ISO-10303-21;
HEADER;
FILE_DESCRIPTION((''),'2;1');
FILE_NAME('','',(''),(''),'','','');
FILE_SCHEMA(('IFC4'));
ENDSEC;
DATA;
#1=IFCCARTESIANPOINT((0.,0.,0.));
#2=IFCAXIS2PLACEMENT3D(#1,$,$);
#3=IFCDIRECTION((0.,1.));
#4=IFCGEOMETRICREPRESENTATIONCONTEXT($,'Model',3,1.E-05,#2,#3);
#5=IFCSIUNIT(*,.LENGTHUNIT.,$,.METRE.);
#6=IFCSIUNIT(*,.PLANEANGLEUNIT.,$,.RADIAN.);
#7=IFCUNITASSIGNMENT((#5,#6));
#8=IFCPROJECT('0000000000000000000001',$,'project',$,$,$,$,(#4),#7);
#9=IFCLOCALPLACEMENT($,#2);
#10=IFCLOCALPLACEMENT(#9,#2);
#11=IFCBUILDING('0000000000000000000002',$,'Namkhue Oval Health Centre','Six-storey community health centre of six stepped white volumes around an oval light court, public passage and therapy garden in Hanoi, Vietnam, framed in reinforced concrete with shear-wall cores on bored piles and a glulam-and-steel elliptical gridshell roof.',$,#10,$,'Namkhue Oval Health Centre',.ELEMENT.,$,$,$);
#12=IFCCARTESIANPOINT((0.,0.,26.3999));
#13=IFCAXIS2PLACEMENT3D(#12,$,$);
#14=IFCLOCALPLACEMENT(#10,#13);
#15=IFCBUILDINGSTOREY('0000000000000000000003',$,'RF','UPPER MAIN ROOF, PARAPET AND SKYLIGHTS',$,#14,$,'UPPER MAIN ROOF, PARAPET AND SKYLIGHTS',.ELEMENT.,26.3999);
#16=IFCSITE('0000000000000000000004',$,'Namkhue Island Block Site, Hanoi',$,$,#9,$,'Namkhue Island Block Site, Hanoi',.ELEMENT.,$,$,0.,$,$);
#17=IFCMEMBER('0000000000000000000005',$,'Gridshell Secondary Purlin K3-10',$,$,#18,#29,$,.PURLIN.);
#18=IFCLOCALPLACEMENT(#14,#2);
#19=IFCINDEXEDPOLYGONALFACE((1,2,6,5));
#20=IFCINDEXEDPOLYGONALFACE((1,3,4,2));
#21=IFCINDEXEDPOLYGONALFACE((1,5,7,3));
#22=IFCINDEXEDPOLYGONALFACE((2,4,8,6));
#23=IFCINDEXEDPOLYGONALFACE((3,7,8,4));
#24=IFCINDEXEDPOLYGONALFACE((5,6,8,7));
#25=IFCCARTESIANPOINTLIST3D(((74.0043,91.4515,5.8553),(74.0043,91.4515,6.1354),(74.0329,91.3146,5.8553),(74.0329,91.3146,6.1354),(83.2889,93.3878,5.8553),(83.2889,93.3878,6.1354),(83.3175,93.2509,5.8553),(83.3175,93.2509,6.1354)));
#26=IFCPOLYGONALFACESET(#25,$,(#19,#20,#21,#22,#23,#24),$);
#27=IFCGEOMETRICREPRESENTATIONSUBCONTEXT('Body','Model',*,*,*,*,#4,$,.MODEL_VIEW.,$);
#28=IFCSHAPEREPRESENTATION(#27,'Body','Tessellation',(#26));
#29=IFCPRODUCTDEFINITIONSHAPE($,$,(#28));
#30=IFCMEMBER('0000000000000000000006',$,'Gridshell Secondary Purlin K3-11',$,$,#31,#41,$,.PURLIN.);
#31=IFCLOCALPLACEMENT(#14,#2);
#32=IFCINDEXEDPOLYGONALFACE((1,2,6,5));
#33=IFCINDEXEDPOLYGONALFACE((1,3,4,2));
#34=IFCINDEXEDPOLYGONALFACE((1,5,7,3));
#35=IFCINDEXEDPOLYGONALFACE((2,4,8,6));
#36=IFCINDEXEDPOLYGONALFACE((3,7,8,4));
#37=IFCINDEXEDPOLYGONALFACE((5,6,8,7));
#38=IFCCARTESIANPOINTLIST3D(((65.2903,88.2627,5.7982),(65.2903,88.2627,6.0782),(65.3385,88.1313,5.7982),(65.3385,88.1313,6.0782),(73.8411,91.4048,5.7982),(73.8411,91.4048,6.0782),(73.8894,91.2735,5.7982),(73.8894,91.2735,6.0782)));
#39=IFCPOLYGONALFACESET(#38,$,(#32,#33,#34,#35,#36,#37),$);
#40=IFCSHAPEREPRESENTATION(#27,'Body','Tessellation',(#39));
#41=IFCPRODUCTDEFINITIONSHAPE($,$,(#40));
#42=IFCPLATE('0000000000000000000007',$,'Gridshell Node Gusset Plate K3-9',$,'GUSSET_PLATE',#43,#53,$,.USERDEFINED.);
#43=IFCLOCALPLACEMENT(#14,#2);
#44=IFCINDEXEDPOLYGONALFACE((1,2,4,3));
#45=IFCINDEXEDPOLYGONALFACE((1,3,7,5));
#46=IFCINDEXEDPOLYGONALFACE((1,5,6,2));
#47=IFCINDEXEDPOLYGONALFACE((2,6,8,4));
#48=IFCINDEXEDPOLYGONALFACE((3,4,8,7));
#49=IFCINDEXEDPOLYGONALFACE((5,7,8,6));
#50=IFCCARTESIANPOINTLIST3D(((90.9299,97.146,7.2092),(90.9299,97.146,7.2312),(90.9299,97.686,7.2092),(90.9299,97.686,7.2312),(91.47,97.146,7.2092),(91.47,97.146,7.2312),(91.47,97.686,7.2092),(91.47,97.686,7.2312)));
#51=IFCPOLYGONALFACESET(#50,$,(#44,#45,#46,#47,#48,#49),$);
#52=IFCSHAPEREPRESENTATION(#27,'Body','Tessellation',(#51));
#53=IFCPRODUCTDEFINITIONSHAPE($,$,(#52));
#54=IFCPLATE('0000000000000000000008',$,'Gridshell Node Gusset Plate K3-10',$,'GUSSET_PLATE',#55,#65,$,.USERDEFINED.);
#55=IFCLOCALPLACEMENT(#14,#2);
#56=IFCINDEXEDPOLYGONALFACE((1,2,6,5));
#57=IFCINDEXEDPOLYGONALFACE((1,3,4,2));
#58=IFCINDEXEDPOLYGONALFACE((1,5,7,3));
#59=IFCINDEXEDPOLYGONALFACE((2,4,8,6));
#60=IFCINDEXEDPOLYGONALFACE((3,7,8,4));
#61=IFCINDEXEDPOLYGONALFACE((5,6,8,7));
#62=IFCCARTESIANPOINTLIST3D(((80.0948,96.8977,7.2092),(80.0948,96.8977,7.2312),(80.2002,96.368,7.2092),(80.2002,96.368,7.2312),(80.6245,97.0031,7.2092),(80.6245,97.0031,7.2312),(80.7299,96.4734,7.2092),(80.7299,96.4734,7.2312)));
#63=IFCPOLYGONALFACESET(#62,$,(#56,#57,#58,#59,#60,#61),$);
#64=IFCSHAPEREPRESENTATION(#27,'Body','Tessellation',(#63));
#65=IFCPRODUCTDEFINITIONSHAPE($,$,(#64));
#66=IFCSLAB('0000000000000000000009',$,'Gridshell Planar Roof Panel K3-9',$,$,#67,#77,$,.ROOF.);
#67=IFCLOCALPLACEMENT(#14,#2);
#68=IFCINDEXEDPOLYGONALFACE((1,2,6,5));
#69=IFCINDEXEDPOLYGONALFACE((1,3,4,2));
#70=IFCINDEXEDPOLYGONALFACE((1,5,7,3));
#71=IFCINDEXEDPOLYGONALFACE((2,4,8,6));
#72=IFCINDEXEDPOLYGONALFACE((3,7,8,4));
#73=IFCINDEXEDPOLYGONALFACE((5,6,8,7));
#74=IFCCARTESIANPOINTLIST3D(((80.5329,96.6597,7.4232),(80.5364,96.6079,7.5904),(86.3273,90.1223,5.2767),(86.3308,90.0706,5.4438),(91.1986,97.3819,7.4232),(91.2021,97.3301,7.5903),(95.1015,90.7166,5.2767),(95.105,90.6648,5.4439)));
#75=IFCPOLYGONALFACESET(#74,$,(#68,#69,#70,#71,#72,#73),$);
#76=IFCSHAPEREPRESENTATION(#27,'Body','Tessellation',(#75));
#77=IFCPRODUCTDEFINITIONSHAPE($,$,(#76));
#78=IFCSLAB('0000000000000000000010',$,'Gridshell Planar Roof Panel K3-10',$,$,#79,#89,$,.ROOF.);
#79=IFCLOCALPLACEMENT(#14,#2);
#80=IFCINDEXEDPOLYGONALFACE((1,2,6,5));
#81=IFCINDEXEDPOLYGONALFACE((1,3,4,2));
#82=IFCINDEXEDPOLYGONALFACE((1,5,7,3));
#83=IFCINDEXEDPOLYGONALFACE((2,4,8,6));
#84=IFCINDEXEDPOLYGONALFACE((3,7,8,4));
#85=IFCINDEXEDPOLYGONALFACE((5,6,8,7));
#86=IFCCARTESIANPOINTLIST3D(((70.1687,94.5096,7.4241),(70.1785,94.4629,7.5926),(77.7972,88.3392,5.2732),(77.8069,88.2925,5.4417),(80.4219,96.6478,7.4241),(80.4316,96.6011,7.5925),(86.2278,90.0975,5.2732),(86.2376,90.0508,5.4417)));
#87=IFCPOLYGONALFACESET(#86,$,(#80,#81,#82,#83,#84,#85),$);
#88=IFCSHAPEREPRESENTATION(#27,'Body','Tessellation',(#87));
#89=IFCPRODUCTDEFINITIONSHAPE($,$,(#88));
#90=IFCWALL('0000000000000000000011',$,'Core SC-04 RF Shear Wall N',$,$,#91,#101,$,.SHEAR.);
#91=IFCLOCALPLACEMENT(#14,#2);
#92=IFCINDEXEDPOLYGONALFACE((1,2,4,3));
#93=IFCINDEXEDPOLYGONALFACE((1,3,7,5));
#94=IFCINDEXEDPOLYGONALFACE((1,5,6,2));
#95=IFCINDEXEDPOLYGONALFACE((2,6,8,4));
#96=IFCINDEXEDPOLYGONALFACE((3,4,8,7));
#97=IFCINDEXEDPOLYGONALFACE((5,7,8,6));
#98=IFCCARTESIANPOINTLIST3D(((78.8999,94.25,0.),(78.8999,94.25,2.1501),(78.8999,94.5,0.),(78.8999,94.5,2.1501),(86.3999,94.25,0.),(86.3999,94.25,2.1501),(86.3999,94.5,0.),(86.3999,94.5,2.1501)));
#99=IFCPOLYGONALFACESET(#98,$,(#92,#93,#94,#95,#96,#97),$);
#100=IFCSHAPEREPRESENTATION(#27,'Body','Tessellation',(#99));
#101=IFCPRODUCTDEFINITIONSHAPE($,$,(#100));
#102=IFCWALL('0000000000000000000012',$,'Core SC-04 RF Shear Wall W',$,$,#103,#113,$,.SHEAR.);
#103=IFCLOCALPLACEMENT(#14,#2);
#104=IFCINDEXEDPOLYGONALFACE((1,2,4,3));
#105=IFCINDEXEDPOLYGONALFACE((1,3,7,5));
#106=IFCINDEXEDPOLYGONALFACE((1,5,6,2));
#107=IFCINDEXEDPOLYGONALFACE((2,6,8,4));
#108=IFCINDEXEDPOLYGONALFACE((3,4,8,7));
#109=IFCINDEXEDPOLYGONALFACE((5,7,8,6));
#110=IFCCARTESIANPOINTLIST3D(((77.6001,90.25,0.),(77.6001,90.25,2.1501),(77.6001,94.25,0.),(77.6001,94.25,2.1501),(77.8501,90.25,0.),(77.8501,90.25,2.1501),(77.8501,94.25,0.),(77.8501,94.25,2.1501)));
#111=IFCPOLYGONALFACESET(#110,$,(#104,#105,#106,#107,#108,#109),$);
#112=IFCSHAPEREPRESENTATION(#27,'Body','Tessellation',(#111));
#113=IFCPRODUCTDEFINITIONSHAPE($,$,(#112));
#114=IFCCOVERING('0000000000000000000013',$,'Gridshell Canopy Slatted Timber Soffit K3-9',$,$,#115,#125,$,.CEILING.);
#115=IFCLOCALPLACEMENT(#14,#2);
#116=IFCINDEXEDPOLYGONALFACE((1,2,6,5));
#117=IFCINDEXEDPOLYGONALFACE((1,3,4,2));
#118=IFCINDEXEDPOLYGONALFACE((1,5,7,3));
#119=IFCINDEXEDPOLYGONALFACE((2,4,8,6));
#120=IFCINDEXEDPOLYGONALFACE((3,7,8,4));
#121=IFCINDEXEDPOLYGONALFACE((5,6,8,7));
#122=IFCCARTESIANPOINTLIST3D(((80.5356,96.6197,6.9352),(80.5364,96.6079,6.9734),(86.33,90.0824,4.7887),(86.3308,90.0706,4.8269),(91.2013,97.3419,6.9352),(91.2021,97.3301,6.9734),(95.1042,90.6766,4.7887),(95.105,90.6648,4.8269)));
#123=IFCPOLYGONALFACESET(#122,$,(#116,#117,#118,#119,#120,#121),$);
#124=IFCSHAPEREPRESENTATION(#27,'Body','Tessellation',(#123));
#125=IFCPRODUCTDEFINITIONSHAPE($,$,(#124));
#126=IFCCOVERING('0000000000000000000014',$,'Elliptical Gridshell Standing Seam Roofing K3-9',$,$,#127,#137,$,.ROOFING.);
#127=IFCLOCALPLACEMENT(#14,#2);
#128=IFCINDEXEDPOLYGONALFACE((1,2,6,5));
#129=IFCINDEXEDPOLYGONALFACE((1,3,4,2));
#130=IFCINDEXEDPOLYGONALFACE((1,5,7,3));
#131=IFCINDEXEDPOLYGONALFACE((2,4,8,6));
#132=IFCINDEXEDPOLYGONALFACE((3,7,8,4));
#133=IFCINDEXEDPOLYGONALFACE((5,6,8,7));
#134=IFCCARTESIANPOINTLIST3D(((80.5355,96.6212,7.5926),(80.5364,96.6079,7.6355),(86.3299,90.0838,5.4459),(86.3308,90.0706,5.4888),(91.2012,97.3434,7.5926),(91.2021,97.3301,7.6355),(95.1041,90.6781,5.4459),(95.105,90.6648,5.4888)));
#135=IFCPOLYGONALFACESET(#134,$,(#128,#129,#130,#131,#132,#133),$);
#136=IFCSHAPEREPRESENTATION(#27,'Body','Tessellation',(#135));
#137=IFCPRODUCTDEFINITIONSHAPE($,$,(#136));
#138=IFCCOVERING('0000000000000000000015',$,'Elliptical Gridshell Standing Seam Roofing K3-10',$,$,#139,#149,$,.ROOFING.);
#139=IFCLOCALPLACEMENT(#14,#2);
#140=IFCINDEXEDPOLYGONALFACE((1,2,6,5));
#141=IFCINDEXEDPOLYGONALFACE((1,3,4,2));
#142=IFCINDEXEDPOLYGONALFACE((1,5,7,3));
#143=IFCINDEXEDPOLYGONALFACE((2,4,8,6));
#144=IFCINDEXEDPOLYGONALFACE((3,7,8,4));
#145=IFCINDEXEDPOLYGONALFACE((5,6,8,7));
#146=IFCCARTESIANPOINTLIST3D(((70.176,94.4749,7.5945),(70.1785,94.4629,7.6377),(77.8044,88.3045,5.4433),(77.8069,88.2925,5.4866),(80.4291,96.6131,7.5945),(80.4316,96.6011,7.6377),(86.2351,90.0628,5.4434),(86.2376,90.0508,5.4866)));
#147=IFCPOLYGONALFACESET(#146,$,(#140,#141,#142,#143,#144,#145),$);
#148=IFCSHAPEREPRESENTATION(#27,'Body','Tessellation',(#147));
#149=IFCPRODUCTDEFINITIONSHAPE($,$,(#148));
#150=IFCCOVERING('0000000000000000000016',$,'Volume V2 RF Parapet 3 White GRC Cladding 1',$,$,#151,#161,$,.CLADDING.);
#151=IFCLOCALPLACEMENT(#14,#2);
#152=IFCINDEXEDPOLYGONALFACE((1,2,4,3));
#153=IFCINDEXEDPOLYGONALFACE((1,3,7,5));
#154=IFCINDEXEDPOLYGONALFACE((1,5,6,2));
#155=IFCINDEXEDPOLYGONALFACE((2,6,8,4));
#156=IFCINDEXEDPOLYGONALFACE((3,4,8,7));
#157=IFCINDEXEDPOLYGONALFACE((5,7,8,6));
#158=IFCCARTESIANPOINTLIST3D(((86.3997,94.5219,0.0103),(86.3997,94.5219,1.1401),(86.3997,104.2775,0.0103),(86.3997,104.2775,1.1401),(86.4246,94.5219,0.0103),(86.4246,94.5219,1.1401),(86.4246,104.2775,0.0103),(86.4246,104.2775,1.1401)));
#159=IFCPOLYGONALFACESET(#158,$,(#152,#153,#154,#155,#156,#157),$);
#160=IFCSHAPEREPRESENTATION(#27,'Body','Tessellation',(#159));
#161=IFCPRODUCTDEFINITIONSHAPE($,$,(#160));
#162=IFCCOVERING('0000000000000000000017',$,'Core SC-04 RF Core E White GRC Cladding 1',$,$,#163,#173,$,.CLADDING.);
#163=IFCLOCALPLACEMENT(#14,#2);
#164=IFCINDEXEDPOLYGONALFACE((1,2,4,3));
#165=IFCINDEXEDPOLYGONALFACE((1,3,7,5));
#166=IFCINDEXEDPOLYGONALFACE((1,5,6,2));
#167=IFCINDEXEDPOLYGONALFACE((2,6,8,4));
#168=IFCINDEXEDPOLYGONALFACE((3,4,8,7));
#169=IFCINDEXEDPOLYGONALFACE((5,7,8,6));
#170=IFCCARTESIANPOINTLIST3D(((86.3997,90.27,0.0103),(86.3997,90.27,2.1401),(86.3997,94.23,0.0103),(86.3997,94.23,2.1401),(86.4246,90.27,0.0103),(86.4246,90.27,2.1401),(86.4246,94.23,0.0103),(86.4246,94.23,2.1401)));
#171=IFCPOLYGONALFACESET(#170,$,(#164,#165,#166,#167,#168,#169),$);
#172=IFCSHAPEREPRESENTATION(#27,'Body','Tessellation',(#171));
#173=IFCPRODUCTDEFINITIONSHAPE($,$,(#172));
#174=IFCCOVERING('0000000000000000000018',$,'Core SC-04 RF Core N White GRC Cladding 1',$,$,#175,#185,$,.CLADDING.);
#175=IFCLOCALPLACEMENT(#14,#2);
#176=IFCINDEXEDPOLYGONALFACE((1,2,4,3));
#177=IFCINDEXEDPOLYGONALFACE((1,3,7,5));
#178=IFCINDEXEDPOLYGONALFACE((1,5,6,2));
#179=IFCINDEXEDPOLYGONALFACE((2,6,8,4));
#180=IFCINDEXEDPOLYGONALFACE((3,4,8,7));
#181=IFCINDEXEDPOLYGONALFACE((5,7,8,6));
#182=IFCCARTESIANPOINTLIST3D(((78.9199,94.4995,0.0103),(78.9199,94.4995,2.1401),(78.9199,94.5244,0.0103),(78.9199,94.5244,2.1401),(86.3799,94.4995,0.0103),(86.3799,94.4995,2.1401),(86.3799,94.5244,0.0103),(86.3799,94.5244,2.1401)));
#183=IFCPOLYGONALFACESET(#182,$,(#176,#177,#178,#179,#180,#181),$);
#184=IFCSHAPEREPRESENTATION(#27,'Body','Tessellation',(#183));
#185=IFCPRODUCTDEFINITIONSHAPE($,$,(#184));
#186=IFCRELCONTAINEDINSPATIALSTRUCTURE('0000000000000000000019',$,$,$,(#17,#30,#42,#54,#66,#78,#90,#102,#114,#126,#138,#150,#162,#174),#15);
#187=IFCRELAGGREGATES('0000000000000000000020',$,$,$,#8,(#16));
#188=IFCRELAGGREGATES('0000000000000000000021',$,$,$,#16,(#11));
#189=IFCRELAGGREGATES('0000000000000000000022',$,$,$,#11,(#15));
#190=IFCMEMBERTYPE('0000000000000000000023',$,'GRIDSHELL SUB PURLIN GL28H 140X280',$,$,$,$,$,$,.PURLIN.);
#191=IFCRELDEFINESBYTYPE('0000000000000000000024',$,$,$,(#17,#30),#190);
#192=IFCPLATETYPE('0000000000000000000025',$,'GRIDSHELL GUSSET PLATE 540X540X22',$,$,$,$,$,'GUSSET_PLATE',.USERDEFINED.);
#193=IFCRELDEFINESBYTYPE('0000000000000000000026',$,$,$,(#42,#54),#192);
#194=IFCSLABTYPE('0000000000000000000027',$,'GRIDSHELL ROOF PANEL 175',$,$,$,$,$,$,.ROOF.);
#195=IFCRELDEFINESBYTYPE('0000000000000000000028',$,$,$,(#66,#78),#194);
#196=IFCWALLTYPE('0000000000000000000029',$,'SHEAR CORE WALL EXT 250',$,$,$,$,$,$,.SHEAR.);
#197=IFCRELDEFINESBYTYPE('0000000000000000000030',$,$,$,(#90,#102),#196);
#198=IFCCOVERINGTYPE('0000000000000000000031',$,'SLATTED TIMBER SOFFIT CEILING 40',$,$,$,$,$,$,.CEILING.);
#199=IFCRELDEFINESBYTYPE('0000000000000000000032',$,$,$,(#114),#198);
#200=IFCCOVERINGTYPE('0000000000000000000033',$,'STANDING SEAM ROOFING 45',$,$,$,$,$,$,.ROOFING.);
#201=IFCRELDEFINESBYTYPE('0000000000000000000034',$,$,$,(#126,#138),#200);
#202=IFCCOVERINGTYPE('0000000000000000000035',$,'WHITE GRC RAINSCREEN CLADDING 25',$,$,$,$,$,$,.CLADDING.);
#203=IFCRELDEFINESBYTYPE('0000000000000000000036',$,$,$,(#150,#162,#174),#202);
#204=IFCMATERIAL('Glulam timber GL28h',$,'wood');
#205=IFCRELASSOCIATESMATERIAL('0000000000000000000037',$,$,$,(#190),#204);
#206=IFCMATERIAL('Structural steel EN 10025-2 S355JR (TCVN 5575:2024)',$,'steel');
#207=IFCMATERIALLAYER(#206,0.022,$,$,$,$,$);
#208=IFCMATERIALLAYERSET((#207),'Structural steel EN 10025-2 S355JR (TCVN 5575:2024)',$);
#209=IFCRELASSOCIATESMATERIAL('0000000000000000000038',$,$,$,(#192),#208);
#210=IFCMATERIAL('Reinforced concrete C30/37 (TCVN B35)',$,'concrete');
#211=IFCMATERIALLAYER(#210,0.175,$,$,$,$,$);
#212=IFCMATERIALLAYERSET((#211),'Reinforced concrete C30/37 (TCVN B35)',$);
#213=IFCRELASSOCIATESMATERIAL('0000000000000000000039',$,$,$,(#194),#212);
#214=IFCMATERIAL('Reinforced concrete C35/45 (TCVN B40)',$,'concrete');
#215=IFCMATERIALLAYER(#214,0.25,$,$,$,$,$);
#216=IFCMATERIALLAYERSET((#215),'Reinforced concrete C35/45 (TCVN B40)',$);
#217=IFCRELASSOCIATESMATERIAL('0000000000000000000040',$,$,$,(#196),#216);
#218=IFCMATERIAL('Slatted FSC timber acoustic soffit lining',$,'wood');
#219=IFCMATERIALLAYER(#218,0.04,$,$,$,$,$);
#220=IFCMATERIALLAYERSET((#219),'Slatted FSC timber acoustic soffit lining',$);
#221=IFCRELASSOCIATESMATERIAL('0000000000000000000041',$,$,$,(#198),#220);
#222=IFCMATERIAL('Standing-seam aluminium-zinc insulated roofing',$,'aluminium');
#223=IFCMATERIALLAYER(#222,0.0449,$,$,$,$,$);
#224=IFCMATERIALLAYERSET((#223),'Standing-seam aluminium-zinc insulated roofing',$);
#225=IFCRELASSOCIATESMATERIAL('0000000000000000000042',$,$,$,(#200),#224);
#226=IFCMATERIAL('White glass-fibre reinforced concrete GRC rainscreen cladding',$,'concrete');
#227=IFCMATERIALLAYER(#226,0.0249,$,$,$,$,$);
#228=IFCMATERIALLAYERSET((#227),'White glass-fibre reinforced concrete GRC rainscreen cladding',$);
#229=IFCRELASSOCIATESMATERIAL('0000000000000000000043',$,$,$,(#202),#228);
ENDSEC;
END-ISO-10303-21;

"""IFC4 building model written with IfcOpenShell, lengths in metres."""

from ifc_helpers import new_model, si_unit, direction, frame, frame_2d, origin, origin_2d, place, context, subcontext, project, spatial, polyline, rectangle, outline, extrude, material, layer, layer_set, material_profile, profile_set, type_object, element, save


model = new_model("IFC4")

# Units and contexts
model_context = context("Model", 3, precision=1e-05, world=origin(), true_north=direction((0.0, 1.0)))
body_context = subcontext(model_context, "Body", "Model", "MODEL_VIEW")
ifc_project = project(units=[si_unit("LENGTHUNIT", "METRE"), si_unit("PLANEANGLEUNIT", "RADIAN")], contexts=[model_context])

# Site, building, storey
site_placement = place(None, origin())
site = spatial("IfcSite", under=ifc_project, at=site_placement, Name="Namkhue Island Block Site, Hanoi", LongName="Namkhue Island Block Site, Hanoi", CompositionType="ELEMENT", RefElevation=0.0)
building_placement = place(site_placement, origin())
building = spatial("IfcBuilding", under=site, at=building_placement, Name="Namkhue Oval Health Centre", Description="Six-storey community health centre of six stepped white volumes around an oval light court, public passage and therapy garden in Hanoi, Vietnam, framed in reinforced concrete with shear-wall cores on bored piles and a glulam-and-steel elliptical gridshell roof.", LongName="Namkhue Oval Health Centre", CompositionType="ELEMENT")
storey_placement = place(building_placement, frame((0.0, 0.0, 26.3999)))
storey = spatial("IfcBuildingStorey", under=building, at=storey_placement, Name="RF", Description="UPPER MAIN ROOF, PARAPET AND SKYLIGHTS", LongName="UPPER MAIN ROOF, PARAPET AND SKYLIGHTS", CompositionType="ELEMENT", Elevation=26.3999)

# Members
ifc_material_1 = material(Name="Structural steel EN 10025-2 S355JR (TCVN 5575:2024)", Category="steel")
ifc_material_2 = material(Name="Glulam timber GL28h", Category="wood")
ifc_material_profile_1 = material_profile(ifc_material_2, rectangle(XDim=0.1399, YDim=0.28, at=origin_2d()), Name="GL28h 140x280")
ifc_profile_set_1 = profile_set([ifc_material_profile_1], Name="Glulam timber GL28h")
member_type_1 = type_object("IfcMemberType", Name="GRIDSHELL SUB PURLIN GL28H 140X280", PredefinedType="PURLIN", material=ifc_profile_set_1)
member_1_placement = place(storey_placement, frame((83.3032, 93.3193, 5.9954), z_axis=(-0.978939, -0.204154, 0.0), x_axis=(0.204154, -0.978939, 0.0)))
element("IfcMember", 1, at=member_1_placement, inside=storey, type_object=member_type_1, Name="Gridshell Secondary Purlin K3-10", PredefinedType="PURLIN", context=body_context, shape_type="SweptSolid", body=[
    extrude(rectangle(XDim=0.1399, YDim=0.28, at=origin_2d()), origin(), (0.0, 0.0, 1.0), 9.4844),
])
member_2_placement = place(storey_placement, frame((73.8652, 91.3391, 5.9382), z_axis=(-0.938635, -0.344913, 0.0), x_axis=(0.344913, -0.938635, 0.0)))
element("IfcMember", 2, at=member_2_placement, inside=storey, type_object=member_type_1, Name="Gridshell Secondary Purlin K3-11", PredefinedType="PURLIN", context=body_context, shape_type="SweptSolid", body=[
    extrude(rectangle(XDim=0.1399, YDim=0.28, at=origin_2d()), origin(), (0.0, 0.0, 1.0), 9.1099),
])

# Plates
ifc_layer_1 = layer(ifc_material_1, 0.022)
ifc_layer_set_1 = layer_set([ifc_layer_1], Name="Structural steel EN 10025-2 S355JR (TCVN 5575:2024)")
plate_type = type_object("IfcPlateType", Name="GRIDSHELL GUSSET PLATE 540X540X22", ElementType="GUSSET_PLATE", PredefinedType="USERDEFINED", material=ifc_layer_set_1)
for number, where, z_axis, x_axis, name in (
    (3, (91.2, 97.416, 7.2092), (0.0, 0.0, 1.0), (0.0, 1.0, 0.0), "Gridshell Node Gusset Plate K3-9"),
    (4, (80.4124, 96.6855, 7.2092), (0.0, 0.0, 1.0), (-0.19509, 0.980785, 0.0), "Gridshell Node Gusset Plate K3-10"),
):
    element("IfcPlate", number, at=place(storey_placement, frame(where, z_axis=z_axis, x_axis=x_axis)), inside=storey, type_object=plate_type, Name=name, ObjectType="GUSSET_PLATE", PredefinedType="USERDEFINED", context=body_context, shape_type="SweptSolid", body=[
        extrude(rectangle(XDim=0.54, YDim=0.54, at=origin_2d()), origin(), (0.0, 0.0, 1.0), 0.022),
    ])

# Slabs
ifc_material_3 = material(Name="Reinforced concrete C30/37 (TCVN B35)", Category="concrete")
ifc_layer_2 = layer(ifc_material_3, 0.175)
ifc_layer_set_2 = layer_set([ifc_layer_2], Name="Reinforced concrete C30/37 (TCVN B35)")
slab_type = type_object("IfcSlabType", Name="GRIDSHELL ROOF PANEL 175", PredefinedType="ROOF", material=ifc_layer_set_2)
slab_1_placement = place(storey_placement, frame((91.2021, 97.3301, 7.5903), z_axis=(0.020032, -0.295825, 0.955032), x_axis=(-0.997716, -0.067555, 0.000002)))
element("IfcSlab", 5, at=slab_1_placement, inside=storey, type_object=slab_type, Name="Gridshell Planar Roof Panel K3-9", PredefinedType="ROOF", context=body_context, shape_type="SweptSolid", body=[
    extrude(outline(polyline([(0.0, 0.0), (10.6902, 0.0), (5.3506, 7.2394), (-3.4436, 7.2393), (0.0, 0.0)])), origin(), (0.0, 0.0, -1.0), 0.175),
])
slab_2_placement = place(storey_placement, frame((80.4316, 96.6011, 7.5925), z_axis=(0.05561, -0.266653, 0.962187), x_axis=(-0.97894, -0.204148, 0.000002)))
element("IfcSlab", 6, at=slab_2_placement, inside=storey, type_object=slab_type, Name="Gridshell Planar Roof Panel K3-10", PredefinedType="ROOF", context=body_context, shape_type="SweptSolid", body=[
    extrude(outline(polyline([(0.0, 0.0), (10.4737, 0.0), (4.2657, 7.8964), (-4.3464, 7.8962), (0.0, 0.0)])), origin(), (0.0, 0.0, -1.0), 0.175),
])

# Walls
ifc_material_4 = material(Name="Reinforced concrete C35/45 (TCVN B40)", Category="concrete")
ifc_layer_3 = layer(ifc_material_4, 0.25)
ifc_layer_set_3 = layer_set([ifc_layer_3], Name="Reinforced concrete C35/45 (TCVN B40)")
wall_type = type_object("IfcWallType", Name="SHEAR CORE WALL EXT 250", PredefinedType="SHEAR", material=ifc_layer_set_3)
wall_1_placement = place(storey_placement, frame((86.3999, 94.375, 0.0), z_axis=(0.0, 0.0, 1.0), x_axis=(-1.0, 0.0, 0.0)))
element("IfcWall", 7, at=wall_1_placement, inside=storey, type_object=wall_type, Name="Core SC-04 RF Shear Wall N", PredefinedType="SHEAR", context=body_context, shape_type="SweptSolid", body=[
    extrude(rectangle(XDim=7.5, YDim=0.25, at=frame_2d((3.75, 0.0))), origin(), (0.0, 0.0, 1.0), 2.1501),
])
wall_2_placement = place(storey_placement, frame((77.7251, 94.25, 0.0), z_axis=(0.0, 0.0, 1.0), x_axis=(0.0, -1.0, 0.0)))
element("IfcWall", 8, at=wall_2_placement, inside=storey, type_object=wall_type, Name="Core SC-04 RF Shear Wall W", PredefinedType="SHEAR", context=body_context, shape_type="SweptSolid", body=[
    extrude(rectangle(XDim=4.0, YDim=0.25, at=frame_2d((2.0, 0.0))), origin(), (0.0, 0.0, 1.0), 2.1501),
])

# Coverings
ifc_material_5 = material(Name="Slatted FSC timber acoustic soffit lining", Category="wood")
ifc_layer_4 = layer(ifc_material_5, 0.04)
ifc_layer_set_4 = layer_set([ifc_layer_4], Name="Slatted FSC timber acoustic soffit lining")
covering_type_1 = type_object("IfcCoveringType", Name="SLATTED TIMBER SOFFIT CEILING 40", PredefinedType="CEILING", material=ifc_layer_set_4)
covering_1_placement = place(storey_placement, frame((91.2021, 97.3301, 6.9734), z_axis=(0.020032, -0.295825, 0.955032), x_axis=(-0.997716, -0.067555, 0.000002)))
element("IfcCovering", 9, at=covering_1_placement, inside=storey, type_object=covering_type_1, Name="Gridshell Canopy Slatted Timber Soffit K3-9", PredefinedType="CEILING", context=body_context, shape_type="SweptSolid", body=[
    extrude(outline(polyline([(0.0, 0.0), (10.6902, 0.0), (5.3506, 7.2394), (-3.4436, 7.2393), (0.0, 0.0)])), origin(), (0.0, 0.0, -1.0), 0.04),
])
ifc_material_6 = material(Name="Standing-seam aluminium-zinc insulated roofing", Category="aluminium")
ifc_layer_5 = layer(ifc_material_6, 0.0449)
ifc_layer_set_5 = layer_set([ifc_layer_5], Name="Standing-seam aluminium-zinc insulated roofing")
covering_type_2 = type_object("IfcCoveringType", Name="STANDING SEAM ROOFING 45", PredefinedType="ROOFING", material=ifc_layer_set_5)
covering_2_placement = place(storey_placement, frame((91.2021, 97.3301, 7.6355), z_axis=(0.020034, -0.295855, 0.955023), x_axis=(-0.997716, -0.067555, 0.000002)))
element("IfcCovering", 10, at=covering_2_placement, inside=storey, type_object=covering_type_2, Name="Elliptical Gridshell Standing Seam Roofing K3-9", PredefinedType="ROOFING", context=body_context, shape_type="SweptSolid", body=[
    extrude(outline(polyline([(0.0, 0.0), (10.6902, 0.0), (5.3506, 7.2395), (-3.4436, 7.2393), (0.0, 0.0)])), origin(), (0.0, 0.0, -1.0), 0.0449),
])
covering_3_placement = place(storey_placement, frame((80.4316, 96.6011, 7.6377), z_axis=(0.055616, -0.266681, 0.962179), x_axis=(-0.97894, -0.204148, 0.000002)))
element("IfcCovering", 11, at=covering_3_placement, inside=storey, type_object=covering_type_2, Name="Elliptical Gridshell Standing Seam Roofing K3-10", PredefinedType="ROOFING", context=body_context, shape_type="SweptSolid", body=[
    extrude(outline(polyline([(0.0, 0.0), (10.4737, 0.0), (4.2657, 7.8964), (-4.3464, 7.8963), (0.0, 0.0)])), origin(), (0.0, 0.0, -1.0), 0.0449),
])
ifc_material_7 = material(Name="White glass-fibre reinforced concrete GRC rainscreen cladding", Category="concrete")
ifc_layer_6 = layer(ifc_material_7, 0.0249)
ifc_layer_set_6 = layer_set([ifc_layer_6], Name="White glass-fibre reinforced concrete GRC rainscreen cladding")
covering_type_3 = type_object("IfcCoveringType", Name="WHITE GRC RAINSCREEN CLADDING 25", PredefinedType="CLADDING", material=ifc_layer_set_6)
covering_4_placement = place(storey_placement, frame((86.4121, 99.3997, 0.0103), z_axis=(0.0, 0.0, 1.0), x_axis=(0.0, -1.0, 0.0)))
element("IfcCovering", 12, at=covering_4_placement, inside=storey, type_object=covering_type_3, Name="Volume V2 RF Parapet 3 White GRC Cladding 1", PredefinedType="CLADDING", context=body_context, shape_type="SweptSolid", body=[
    extrude(rectangle(XDim=9.7556, YDim=0.0249, at=origin_2d()), origin(), (0.0, 0.0, 1.0), 1.1299),
])
covering_5_placement = place(storey_placement, frame((86.4121, 92.25, 0.0103), z_axis=(0.0, 0.0, 1.0), x_axis=(0.0, 1.0, 0.0)))
element("IfcCovering", 13, at=covering_5_placement, inside=storey, type_object=covering_type_3, Name="Core SC-04 RF Core E White GRC Cladding 1", PredefinedType="CLADDING", context=body_context, shape_type="SweptSolid", body=[
    extrude(rectangle(XDim=3.96, YDim=0.0249, at=origin_2d()), origin(), (0.0, 0.0, 1.0), 2.1299),
])
covering_6_placement = place(storey_placement, frame((82.6499, 94.512, 0.0103), z_axis=(0.0, 0.0, 1.0), x_axis=(-1.0, 0.0, 0.0)))
element("IfcCovering", 14, at=covering_6_placement, inside=storey, type_object=covering_type_3, Name="Core SC-04 RF Core N White GRC Cladding 1", PredefinedType="CLADDING", context=body_context, shape_type="SweptSolid", body=[
    extrude(rectangle(XDim=7.46, YDim=0.0249, at=origin_2d()), origin(), (0.0, 0.0, 1.0), 2.1299),
])

save(model, "model.ifc")
